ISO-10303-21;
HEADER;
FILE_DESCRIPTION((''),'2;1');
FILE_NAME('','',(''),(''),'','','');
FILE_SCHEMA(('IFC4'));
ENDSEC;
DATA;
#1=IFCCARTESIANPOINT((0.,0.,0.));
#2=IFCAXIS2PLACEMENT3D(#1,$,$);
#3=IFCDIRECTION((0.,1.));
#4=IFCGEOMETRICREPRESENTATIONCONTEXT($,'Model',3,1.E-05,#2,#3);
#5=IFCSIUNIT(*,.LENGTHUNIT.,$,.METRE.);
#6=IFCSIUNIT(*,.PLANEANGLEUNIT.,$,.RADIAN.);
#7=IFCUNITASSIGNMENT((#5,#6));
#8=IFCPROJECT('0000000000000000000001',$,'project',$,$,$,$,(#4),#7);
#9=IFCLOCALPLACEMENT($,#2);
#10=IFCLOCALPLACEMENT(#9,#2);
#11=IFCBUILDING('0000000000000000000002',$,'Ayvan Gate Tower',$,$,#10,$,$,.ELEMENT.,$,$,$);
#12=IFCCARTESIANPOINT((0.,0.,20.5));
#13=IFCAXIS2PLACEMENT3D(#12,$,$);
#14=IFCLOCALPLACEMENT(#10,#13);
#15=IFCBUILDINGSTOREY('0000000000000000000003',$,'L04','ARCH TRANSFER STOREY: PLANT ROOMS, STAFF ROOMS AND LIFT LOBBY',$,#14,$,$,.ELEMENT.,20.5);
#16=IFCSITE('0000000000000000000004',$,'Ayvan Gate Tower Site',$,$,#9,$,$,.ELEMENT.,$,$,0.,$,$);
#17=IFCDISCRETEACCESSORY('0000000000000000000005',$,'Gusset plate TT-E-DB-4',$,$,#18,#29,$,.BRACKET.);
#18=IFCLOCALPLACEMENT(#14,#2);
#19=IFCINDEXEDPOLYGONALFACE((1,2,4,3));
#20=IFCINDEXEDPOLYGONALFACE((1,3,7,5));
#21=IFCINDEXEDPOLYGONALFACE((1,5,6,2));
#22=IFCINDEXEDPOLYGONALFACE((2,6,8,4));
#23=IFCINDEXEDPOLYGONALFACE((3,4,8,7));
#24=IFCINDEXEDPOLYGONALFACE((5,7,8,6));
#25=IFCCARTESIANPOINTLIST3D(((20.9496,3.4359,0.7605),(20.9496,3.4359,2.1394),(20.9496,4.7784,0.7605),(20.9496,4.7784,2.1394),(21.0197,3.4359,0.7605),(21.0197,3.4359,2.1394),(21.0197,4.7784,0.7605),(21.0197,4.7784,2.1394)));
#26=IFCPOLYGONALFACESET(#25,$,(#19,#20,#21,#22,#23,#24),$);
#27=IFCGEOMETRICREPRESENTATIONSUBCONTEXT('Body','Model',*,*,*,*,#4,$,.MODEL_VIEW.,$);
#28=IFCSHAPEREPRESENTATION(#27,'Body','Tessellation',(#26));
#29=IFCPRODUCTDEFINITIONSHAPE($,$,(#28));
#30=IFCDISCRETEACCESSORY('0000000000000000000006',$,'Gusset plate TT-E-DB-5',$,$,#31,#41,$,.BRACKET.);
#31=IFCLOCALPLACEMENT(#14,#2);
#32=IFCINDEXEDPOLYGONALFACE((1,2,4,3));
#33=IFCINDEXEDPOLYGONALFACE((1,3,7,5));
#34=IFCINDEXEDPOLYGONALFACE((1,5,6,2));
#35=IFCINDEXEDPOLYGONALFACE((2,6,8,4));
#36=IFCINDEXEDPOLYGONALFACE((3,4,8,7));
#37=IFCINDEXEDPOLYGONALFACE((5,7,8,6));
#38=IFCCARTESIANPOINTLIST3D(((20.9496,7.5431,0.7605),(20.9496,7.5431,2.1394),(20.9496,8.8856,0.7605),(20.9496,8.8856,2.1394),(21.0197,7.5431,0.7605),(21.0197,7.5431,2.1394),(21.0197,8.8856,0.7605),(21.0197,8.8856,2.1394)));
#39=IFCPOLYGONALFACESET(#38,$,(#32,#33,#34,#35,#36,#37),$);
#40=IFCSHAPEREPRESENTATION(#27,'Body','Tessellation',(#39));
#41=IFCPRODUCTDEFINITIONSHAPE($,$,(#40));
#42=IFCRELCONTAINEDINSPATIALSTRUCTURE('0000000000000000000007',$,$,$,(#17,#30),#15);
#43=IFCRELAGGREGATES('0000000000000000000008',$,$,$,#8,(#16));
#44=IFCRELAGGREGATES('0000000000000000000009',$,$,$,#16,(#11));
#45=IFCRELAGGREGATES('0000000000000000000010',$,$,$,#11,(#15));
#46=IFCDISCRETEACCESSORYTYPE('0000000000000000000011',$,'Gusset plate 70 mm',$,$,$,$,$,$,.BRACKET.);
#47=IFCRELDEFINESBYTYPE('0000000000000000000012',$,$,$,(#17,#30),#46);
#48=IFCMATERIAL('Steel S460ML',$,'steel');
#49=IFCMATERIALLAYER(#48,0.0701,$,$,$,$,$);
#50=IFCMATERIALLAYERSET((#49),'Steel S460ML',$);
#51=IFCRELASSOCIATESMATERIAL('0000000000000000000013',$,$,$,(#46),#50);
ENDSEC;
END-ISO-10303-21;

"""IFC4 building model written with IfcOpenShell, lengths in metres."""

from ifc_helpers import new_model, si_unit, direction, frame, origin, origin_2d, place, context, subcontext, project, spatial, rectangle, extrude, material, layer, layer_set, type_object, element, save


model = new_model("IFC4")

# Units and contexts
model_context = context("Model", 3, precision=1e-05, world=origin(), true_north=direction((0.0, 1.0)))
body_context = subcontext(model_context, "Body", "Model", "MODEL_VIEW")
ifc_project = project(units=[si_unit("LENGTHUNIT", "METRE"), si_unit("PLANEANGLEUNIT", "RADIAN")], contexts=[model_context])

# Site, building, storey
site_placement = place(None, origin())
site = spatial("IfcSite", under=ifc_project, at=site_placement, Name="Ayvan Gate Tower Site", CompositionType="ELEMENT", RefElevation=0.0)
building_placement = place(site_placement, origin())
building = spatial("IfcBuilding", under=site, at=building_placement, Name="Ayvan Gate Tower", CompositionType="ELEMENT")
storey_placement = place(building_placement, frame((0.0, 0.0, 20.5)))
storey = spatial("IfcBuildingStorey", under=building, at=storey_placement, Name="L04", Description="ARCH TRANSFER STOREY: PLANT ROOMS, STAFF ROOMS AND LIFT LOBBY", CompositionType="ELEMENT", Elevation=20.5)

# Shared definitions
ifc_material_1 = material(Name="Steel S460ML", Category="steel")

# Discrete accessories
ifc_layer_1 = layer(ifc_material_1, 0.0701)
ifc_layer_set_1 = layer_set([ifc_layer_1], Name="Steel S460ML")
discrete_accessory_type_1 = type_object("IfcDiscreteAccessoryType", Name="Gusset plate 70 mm", PredefinedType="BRACKET", material=ifc_layer_set_1)
for number, where, z_axis, x_axis, name in (
    (1, (20.9846, 4.1072, 0.7605), (0.0, 0.0, 1.0), (0.0, 1.0, 0.0), "Gusset plate TT-E-DB-4"),
    (2, (20.9846, 8.2144, 0.7605), (0.0, 0.0, 1.0), (0.0, 1.0, 0.0), "Gusset plate TT-E-DB-5"),
):
    element("IfcDiscreteAccessory", number, at=place(storey_placement, frame(where, z_axis=z_axis, x_axis=x_axis)), inside=storey, type_object=discrete_accessory_type_1, Name=name, PredefinedType="BRACKET", context=body_context, shape_type="SweptSolid", body=[
        extrude(rectangle(XDim=1.3425, YDim=0.0701, at=origin_2d()), origin(), (0.0, 0.0, 1.0), 1.3789),
    ])

save(model, "model.ifc")
